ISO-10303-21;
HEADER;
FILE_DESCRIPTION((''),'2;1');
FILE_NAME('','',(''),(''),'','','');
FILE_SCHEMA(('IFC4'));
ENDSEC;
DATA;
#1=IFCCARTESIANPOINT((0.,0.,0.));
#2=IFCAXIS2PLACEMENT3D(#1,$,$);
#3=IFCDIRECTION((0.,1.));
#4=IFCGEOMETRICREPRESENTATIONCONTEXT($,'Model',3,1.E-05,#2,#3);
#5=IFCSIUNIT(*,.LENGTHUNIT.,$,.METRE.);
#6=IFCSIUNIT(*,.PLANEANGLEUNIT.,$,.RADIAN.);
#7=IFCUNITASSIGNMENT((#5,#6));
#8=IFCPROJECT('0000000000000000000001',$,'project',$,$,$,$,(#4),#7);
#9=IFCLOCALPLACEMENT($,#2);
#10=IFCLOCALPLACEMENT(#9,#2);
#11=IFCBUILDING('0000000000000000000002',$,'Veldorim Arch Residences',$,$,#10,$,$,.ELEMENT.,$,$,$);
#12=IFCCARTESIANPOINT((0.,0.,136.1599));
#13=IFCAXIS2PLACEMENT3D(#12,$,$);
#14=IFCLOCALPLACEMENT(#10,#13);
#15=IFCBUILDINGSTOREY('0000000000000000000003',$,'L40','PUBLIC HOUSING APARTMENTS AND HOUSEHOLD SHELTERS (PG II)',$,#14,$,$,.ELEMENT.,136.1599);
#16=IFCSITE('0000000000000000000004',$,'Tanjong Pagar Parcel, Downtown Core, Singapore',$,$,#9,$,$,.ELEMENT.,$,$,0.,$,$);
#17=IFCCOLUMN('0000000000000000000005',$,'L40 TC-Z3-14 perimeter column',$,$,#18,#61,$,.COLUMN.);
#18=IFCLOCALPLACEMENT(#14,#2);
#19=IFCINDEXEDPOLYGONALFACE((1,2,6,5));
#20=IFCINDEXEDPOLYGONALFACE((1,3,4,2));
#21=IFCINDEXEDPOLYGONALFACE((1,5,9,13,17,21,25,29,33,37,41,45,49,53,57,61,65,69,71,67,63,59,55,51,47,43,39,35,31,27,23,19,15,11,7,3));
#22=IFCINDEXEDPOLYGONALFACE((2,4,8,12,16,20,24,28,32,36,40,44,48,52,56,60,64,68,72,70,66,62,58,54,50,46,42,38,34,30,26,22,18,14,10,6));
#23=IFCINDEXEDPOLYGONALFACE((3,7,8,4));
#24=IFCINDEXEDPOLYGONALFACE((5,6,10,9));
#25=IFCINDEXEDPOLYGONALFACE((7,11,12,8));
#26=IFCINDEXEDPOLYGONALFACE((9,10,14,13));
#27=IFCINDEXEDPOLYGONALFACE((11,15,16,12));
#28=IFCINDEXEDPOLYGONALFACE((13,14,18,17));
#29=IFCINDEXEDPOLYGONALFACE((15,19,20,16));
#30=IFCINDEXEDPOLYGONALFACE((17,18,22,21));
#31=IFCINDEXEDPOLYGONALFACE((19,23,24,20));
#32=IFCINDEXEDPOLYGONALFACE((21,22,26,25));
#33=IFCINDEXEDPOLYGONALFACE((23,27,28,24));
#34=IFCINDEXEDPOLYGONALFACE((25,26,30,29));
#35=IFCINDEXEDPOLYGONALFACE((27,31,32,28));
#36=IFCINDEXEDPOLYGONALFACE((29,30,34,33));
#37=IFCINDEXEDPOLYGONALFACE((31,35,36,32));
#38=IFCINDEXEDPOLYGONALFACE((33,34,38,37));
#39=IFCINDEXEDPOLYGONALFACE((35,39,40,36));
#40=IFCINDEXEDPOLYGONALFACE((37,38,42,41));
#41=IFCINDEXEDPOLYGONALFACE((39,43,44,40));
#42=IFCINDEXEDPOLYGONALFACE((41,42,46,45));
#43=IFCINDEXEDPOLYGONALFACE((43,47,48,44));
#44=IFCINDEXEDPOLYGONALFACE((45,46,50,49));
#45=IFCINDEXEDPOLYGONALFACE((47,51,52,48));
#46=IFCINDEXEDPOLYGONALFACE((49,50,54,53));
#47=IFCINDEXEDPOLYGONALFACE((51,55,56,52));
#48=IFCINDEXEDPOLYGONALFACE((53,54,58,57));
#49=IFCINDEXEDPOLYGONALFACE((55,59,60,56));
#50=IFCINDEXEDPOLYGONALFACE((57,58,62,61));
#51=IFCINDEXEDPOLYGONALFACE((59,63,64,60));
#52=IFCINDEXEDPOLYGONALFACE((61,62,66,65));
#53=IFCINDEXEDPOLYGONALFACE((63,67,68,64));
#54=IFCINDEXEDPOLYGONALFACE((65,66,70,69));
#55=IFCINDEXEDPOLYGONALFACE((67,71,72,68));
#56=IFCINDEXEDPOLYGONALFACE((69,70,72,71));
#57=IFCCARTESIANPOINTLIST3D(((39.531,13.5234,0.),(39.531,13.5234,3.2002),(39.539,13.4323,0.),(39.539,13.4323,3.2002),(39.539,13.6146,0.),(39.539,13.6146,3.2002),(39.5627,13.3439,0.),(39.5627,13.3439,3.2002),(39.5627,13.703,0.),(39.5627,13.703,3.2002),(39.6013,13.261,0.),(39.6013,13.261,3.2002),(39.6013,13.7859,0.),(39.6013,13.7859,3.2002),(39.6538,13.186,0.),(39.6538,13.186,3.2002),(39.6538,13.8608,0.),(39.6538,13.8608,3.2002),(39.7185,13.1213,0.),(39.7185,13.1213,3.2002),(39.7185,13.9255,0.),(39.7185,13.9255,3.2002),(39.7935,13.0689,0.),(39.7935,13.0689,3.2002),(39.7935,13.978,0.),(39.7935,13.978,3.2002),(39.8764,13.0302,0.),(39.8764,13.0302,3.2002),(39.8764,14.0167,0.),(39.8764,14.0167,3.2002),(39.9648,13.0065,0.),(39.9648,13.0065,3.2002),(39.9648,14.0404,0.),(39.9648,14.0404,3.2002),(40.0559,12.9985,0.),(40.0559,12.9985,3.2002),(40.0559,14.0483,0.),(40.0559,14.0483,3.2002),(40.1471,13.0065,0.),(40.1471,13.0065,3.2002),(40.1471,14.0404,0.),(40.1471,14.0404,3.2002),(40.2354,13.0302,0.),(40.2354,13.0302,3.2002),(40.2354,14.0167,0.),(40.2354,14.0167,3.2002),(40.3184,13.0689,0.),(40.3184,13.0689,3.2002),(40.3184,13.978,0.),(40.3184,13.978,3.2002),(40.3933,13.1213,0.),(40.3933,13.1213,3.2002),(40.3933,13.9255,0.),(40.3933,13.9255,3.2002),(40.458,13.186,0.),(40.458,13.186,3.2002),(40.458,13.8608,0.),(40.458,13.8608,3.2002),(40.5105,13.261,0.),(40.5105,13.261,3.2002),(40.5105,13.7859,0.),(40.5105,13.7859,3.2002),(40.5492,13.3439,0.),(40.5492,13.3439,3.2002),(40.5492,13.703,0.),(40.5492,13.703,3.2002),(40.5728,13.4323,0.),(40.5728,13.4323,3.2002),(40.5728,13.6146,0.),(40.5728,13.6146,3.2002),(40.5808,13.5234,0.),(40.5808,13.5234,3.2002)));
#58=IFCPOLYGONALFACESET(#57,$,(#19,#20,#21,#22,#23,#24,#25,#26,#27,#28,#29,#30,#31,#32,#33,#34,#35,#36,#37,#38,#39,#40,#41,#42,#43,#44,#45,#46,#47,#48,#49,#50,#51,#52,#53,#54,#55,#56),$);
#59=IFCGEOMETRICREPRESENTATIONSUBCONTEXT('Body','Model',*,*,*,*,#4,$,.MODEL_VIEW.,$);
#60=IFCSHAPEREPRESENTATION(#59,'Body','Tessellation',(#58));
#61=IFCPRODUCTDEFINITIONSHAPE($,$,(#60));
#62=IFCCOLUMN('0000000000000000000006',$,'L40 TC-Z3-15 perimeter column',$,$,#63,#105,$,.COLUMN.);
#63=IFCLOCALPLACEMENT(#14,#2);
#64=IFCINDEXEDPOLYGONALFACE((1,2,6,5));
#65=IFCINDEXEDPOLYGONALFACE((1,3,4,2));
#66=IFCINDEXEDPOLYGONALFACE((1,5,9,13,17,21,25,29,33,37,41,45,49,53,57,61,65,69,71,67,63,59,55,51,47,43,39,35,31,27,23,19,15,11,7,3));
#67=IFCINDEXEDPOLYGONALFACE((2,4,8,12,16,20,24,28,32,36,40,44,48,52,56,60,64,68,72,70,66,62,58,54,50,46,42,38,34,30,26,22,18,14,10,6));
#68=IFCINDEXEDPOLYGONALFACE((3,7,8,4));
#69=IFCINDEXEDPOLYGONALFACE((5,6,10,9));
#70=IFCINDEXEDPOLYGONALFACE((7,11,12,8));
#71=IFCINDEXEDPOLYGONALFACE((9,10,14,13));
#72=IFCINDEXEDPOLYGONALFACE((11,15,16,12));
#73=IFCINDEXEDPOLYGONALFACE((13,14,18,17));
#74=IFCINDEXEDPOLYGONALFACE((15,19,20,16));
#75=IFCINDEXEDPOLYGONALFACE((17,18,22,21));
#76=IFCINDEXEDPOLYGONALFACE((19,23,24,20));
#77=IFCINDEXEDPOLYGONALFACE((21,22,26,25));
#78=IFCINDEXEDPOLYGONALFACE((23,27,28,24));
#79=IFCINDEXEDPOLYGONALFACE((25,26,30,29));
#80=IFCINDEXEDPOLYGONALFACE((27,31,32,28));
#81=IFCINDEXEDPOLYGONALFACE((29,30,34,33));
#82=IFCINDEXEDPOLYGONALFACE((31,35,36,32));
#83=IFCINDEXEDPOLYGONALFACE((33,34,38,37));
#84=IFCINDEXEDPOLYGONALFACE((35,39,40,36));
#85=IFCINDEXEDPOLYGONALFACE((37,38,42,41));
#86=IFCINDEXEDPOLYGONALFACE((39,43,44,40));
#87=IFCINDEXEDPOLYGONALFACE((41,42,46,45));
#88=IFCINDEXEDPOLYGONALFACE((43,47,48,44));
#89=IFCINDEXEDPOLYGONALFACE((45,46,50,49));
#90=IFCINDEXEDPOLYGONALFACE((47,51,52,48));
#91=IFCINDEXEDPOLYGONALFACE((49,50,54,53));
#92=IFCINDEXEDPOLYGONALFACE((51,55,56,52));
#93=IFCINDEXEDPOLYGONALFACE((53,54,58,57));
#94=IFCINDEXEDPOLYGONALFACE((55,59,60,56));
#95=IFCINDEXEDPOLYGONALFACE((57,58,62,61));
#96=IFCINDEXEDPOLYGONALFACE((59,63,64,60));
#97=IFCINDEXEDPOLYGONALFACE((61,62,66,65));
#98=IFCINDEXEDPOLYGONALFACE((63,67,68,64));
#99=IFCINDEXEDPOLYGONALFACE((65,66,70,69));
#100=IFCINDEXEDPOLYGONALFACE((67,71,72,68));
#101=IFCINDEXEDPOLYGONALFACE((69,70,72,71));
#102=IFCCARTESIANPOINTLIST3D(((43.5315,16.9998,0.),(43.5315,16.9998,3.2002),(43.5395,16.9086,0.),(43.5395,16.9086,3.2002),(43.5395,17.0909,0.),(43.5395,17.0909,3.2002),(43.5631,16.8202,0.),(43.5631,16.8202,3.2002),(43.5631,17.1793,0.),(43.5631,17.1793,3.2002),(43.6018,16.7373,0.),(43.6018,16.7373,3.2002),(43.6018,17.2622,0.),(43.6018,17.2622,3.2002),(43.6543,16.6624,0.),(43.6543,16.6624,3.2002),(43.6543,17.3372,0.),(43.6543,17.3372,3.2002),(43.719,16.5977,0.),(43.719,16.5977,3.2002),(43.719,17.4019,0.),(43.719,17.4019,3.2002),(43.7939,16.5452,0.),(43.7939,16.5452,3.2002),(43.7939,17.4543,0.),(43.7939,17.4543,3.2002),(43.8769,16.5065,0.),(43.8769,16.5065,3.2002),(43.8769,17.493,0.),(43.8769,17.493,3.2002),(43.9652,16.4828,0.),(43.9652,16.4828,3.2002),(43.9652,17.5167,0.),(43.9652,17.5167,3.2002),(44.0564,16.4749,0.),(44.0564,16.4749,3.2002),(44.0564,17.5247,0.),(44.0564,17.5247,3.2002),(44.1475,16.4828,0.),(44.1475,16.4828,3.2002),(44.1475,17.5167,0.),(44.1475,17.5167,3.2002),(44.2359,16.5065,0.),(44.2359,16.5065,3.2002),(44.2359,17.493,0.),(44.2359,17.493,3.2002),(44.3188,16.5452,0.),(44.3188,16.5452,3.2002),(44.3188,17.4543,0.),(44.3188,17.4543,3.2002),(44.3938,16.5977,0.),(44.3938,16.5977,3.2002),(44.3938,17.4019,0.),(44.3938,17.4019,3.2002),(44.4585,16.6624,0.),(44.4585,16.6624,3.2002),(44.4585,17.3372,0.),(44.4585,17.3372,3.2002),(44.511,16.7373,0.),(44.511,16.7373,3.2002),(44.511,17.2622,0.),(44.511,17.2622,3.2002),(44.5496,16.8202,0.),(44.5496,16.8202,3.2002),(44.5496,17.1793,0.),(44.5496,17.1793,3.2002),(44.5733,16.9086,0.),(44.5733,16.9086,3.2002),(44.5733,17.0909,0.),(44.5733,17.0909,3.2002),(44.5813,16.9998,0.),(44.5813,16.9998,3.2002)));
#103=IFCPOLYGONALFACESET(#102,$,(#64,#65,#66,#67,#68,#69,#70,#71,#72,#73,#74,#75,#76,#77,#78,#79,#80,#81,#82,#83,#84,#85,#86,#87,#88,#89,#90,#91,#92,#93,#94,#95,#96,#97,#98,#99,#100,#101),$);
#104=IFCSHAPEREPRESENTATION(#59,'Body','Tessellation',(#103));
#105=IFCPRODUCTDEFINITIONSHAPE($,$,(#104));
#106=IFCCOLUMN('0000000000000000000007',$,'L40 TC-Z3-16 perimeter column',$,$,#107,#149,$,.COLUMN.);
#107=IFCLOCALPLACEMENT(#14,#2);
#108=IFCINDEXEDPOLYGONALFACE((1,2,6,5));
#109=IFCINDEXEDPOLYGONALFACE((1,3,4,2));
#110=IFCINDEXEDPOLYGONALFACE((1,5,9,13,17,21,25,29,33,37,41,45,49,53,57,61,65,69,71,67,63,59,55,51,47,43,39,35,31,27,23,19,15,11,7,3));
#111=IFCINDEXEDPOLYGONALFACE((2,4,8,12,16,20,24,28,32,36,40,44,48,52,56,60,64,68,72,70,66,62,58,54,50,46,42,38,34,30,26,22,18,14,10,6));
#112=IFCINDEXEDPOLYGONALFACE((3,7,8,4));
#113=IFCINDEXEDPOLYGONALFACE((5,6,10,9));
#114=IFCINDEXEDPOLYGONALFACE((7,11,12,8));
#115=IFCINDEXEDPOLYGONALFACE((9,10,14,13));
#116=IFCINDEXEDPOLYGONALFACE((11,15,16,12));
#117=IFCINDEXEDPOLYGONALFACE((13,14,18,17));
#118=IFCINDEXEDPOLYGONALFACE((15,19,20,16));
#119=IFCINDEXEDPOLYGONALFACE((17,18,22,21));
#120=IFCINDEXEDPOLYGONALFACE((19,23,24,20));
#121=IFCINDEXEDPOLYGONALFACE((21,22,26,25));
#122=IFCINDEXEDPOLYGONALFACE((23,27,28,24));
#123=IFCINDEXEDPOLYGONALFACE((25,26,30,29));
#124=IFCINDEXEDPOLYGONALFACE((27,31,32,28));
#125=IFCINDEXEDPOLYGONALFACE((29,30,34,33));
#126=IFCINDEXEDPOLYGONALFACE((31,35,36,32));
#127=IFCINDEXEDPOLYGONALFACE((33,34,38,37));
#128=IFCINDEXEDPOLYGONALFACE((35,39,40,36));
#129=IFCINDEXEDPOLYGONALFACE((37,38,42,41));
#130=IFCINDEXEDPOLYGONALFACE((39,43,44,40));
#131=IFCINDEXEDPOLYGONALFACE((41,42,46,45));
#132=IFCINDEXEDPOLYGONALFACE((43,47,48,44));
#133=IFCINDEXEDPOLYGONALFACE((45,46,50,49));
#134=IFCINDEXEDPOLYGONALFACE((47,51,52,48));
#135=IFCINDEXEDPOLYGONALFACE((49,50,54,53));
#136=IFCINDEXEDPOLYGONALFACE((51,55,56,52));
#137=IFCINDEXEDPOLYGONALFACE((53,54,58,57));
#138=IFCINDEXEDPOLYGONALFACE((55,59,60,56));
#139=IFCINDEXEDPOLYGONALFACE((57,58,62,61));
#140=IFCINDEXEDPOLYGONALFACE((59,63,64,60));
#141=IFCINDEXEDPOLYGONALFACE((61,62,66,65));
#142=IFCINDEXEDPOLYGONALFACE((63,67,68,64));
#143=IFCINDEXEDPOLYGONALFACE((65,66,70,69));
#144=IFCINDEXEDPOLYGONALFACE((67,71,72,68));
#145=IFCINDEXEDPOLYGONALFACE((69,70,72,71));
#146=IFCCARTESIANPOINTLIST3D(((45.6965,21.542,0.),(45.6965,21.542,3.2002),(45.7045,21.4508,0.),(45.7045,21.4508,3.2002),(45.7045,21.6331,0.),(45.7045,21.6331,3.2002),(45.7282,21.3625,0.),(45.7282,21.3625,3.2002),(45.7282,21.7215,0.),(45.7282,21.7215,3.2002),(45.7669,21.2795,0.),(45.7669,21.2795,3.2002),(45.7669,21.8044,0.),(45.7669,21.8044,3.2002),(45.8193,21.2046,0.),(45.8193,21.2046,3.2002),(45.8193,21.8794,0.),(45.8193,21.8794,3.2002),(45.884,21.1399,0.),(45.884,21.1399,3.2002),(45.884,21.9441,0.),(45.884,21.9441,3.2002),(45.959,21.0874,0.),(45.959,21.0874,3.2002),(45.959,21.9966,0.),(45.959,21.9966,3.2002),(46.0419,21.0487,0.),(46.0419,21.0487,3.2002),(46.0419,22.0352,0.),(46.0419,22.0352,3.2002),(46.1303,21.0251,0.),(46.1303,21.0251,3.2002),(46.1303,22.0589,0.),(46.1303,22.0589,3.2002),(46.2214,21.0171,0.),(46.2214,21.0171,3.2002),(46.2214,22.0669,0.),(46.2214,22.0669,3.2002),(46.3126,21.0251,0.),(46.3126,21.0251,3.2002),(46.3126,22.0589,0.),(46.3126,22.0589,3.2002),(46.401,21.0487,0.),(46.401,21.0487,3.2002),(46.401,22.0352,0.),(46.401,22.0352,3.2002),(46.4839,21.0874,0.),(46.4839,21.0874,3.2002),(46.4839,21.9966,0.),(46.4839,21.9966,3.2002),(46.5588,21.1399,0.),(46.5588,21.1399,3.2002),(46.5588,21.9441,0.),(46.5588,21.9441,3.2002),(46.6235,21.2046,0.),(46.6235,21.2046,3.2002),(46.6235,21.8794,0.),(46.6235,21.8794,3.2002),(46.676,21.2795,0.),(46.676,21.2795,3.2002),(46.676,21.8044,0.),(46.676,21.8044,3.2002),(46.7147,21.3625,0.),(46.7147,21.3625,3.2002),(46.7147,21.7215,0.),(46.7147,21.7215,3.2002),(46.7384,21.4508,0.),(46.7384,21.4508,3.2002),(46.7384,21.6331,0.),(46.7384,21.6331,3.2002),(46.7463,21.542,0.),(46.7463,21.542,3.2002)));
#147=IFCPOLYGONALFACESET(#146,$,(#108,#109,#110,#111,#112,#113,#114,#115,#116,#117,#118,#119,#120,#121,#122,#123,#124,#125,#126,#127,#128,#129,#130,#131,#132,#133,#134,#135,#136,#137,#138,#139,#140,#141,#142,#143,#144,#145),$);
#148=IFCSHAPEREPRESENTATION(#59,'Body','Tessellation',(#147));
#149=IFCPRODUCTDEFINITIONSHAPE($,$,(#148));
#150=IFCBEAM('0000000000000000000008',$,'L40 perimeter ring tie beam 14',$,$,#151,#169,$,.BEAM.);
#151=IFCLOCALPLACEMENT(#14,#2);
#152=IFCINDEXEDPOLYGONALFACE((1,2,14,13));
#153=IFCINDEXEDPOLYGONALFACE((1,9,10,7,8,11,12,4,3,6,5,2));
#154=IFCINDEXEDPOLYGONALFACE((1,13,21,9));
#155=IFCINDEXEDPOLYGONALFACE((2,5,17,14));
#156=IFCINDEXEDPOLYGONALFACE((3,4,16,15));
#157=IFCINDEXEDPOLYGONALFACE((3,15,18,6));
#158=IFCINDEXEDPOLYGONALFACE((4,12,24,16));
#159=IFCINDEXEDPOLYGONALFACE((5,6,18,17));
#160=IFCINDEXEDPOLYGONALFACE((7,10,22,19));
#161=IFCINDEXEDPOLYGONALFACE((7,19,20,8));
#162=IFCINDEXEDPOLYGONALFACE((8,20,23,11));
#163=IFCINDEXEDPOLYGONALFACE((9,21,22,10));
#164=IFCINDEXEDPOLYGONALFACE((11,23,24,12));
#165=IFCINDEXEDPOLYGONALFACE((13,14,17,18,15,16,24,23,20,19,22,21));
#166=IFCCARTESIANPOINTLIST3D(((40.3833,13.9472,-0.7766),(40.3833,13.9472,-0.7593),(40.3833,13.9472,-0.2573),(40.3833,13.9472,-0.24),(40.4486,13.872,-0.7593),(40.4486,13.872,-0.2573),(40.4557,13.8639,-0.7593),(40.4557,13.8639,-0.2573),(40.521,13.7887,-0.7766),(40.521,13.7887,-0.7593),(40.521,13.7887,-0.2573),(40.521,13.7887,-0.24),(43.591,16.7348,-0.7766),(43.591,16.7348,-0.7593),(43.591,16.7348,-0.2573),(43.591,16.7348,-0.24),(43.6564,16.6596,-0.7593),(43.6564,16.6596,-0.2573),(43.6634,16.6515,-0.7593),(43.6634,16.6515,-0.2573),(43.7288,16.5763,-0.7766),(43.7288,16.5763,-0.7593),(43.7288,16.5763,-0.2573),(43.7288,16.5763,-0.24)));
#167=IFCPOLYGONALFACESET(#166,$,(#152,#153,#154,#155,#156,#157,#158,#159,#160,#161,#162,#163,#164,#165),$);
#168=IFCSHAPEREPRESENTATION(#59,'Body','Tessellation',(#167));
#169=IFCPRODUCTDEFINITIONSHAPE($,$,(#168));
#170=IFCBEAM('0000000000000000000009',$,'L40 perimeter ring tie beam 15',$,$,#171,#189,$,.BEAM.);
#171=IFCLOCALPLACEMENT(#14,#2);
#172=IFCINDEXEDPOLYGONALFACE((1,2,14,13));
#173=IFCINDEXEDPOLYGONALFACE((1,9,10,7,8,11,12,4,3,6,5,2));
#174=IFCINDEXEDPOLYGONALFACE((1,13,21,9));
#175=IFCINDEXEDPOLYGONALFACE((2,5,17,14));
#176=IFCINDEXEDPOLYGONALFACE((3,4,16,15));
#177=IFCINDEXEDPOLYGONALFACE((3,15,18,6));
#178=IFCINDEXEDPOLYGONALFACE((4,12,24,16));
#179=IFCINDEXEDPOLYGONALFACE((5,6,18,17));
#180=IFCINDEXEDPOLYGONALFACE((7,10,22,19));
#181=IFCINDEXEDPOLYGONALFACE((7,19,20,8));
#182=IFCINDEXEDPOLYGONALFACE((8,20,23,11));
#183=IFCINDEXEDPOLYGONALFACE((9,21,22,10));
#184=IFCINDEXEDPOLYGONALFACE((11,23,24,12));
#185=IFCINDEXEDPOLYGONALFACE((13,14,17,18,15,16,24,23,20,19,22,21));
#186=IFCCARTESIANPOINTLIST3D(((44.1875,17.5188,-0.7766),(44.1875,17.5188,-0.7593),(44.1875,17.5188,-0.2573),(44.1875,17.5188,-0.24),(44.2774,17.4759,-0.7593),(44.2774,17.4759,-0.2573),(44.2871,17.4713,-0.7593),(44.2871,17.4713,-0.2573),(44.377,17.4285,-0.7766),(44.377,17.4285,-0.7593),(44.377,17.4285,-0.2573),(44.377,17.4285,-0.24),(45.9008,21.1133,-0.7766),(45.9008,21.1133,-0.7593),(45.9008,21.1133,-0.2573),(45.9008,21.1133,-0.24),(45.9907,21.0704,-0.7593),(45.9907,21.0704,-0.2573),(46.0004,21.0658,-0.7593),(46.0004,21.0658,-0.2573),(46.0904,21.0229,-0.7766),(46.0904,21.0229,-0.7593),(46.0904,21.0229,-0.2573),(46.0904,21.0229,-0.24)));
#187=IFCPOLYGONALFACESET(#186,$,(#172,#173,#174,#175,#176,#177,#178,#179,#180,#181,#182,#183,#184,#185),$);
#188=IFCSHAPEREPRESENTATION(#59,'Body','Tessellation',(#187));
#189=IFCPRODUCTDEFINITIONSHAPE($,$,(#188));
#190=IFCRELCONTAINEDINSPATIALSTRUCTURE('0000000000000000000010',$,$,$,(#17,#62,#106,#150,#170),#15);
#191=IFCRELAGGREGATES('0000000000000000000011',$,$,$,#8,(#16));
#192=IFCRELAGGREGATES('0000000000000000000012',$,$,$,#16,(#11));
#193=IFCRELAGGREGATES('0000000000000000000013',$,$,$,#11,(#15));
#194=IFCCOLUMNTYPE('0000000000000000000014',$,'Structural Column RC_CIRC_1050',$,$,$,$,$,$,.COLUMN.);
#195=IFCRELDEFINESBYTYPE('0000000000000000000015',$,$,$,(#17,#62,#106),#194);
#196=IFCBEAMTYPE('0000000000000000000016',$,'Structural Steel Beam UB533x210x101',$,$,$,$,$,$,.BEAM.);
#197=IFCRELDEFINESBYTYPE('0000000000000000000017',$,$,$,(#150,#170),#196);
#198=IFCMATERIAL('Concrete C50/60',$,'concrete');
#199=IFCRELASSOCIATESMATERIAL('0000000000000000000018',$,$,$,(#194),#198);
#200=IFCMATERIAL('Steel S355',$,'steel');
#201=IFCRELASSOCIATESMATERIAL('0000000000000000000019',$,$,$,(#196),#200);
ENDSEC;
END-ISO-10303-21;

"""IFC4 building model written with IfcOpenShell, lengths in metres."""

from ifc_helpers import new_model, si_unit, direction, frame, origin, origin_2d, place, context, subcontext, project, spatial, circle, i_section, extrude, material, material_profile, profile_set, type_object, element, save


model = new_model("IFC4")

# Units and contexts
model_context = context("Model", 3, precision=1e-05, world=origin(), true_north=direction((0.0, 1.0)))
body_context = subcontext(model_context, "Body", "Model", "MODEL_VIEW")
ifc_project = project(units=[si_unit("LENGTHUNIT", "METRE"), si_unit("PLANEANGLEUNIT", "RADIAN")], contexts=[model_context])

# Site, building, storey
site_placement = place(None, origin())
site = spatial("IfcSite", under=ifc_project, at=site_placement, Name="Tanjong Pagar Parcel, Downtown Core, Singapore", CompositionType="ELEMENT", RefElevation=0.0)
building_placement = place(site_placement, origin())
building = spatial("IfcBuilding", under=site, at=building_placement, Name="Veldorim Arch Residences", CompositionType="ELEMENT")
storey_placement = place(building_placement, frame((0.0, 0.0, 136.1599)))
storey = spatial("IfcBuildingStorey", under=building, at=storey_placement, Name="L40", Description="PUBLIC HOUSING APARTMENTS AND HOUSEHOLD SHELTERS (PG II)", CompositionType="ELEMENT", Elevation=136.1599)

# Columns
ifc_material_1 = material(Name="Concrete C50/60", Category="concrete")
ifc_material_profile_1 = material_profile(ifc_material_1, circle(Radius=0.5249, at=origin_2d()), Name="RC_CIRC_1050")
ifc_profile_set_1 = profile_set([ifc_material_profile_1], Name="Concrete C50/60")
column_type = type_object("IfcColumnType", Name="Structural Column RC_CIRC_1050", PredefinedType="COLUMN", material=ifc_profile_set_1)
for number, where, z_axis, x_axis, name in (
    (1, (40.0559, 13.5234, 0.0), (0.0, 0.0, 1.0), (1.0, 0.0, 0.0), "L40 TC-Z3-14 perimeter column"),
    (2, (44.0564, 16.9998, 0.0), (0.0, 0.0, 1.0), (1.0, 0.0, 0.0), "L40 TC-Z3-15 perimeter column"),
    (3, (46.2214, 21.542, 0.0), (0.0, 0.0, 1.0), (1.0, 0.0, 0.0), "L40 TC-Z3-16 perimeter column"),
):
    element("IfcColumn", number, at=place(storey_placement, frame(where, z_axis=z_axis, x_axis=x_axis)), inside=storey, type_object=column_type, Name=name, PredefinedType="COLUMN", context=body_context, shape_type="SweptSolid", body=[
        extrude(circle(Radius=0.5249, at=origin_2d()), origin(), (0.0, 0.0, 1.0), 3.2002),
    ])

# Beams
ifc_material_2 = material(Name="Steel S355", Category="steel")
ifc_material_profile_2 = material_profile(ifc_material_2, i_section(OverallWidth=0.21, OverallDepth=0.5366, WebThickness=0.0107, FlangeThickness=0.0173, at=origin_2d()), Name="UB533x210x101")
ifc_profile_set_2 = profile_set([ifc_material_profile_2], Name="Steel S355")
beam_type_1 = type_object("IfcBeamType", Name="Structural Steel Beam UB533x210x101", PredefinedType="BEAM", material=ifc_profile_set_2)
beam_1_placement = place(storey_placement, frame((40.4521, 13.8679, -0.5083), z_axis=(0.754811, 0.655943, 0.0), x_axis=(-0.655943, 0.754811, 0.0)))
element("IfcBeam", 4, at=beam_1_placement, inside=storey, type_object=beam_type_1, Name="L40 perimeter ring tie beam 14", PredefinedType="BEAM", context=body_context, shape_type="SweptSolid", body=[
    extrude(i_section(OverallWidth=0.21, OverallDepth=0.5366, WebThickness=0.0107, FlangeThickness=0.0173, at=origin_2d()), origin(), (0.0, 0.0, 1.0), 4.2498),
])
beam_2_placement = place(storey_placement, frame((44.2822, 17.4736, -0.5083), z_axis=(0.430286, 0.902693, 0.0), x_axis=(-0.902693, 0.430286, 0.0)))
element("IfcBeam", 5, at=beam_2_placement, inside=storey, type_object=beam_type_1, Name="L40 perimeter ring tie beam 15", PredefinedType="BEAM", context=body_context, shape_type="SweptSolid", body=[
    extrude(i_section(OverallWidth=0.21, OverallDepth=0.5366, WebThickness=0.0107, FlangeThickness=0.0173, at=origin_2d()), origin(), (0.0, 0.0, 1.0), 3.9819),
])

save(model, "model.ifc")
